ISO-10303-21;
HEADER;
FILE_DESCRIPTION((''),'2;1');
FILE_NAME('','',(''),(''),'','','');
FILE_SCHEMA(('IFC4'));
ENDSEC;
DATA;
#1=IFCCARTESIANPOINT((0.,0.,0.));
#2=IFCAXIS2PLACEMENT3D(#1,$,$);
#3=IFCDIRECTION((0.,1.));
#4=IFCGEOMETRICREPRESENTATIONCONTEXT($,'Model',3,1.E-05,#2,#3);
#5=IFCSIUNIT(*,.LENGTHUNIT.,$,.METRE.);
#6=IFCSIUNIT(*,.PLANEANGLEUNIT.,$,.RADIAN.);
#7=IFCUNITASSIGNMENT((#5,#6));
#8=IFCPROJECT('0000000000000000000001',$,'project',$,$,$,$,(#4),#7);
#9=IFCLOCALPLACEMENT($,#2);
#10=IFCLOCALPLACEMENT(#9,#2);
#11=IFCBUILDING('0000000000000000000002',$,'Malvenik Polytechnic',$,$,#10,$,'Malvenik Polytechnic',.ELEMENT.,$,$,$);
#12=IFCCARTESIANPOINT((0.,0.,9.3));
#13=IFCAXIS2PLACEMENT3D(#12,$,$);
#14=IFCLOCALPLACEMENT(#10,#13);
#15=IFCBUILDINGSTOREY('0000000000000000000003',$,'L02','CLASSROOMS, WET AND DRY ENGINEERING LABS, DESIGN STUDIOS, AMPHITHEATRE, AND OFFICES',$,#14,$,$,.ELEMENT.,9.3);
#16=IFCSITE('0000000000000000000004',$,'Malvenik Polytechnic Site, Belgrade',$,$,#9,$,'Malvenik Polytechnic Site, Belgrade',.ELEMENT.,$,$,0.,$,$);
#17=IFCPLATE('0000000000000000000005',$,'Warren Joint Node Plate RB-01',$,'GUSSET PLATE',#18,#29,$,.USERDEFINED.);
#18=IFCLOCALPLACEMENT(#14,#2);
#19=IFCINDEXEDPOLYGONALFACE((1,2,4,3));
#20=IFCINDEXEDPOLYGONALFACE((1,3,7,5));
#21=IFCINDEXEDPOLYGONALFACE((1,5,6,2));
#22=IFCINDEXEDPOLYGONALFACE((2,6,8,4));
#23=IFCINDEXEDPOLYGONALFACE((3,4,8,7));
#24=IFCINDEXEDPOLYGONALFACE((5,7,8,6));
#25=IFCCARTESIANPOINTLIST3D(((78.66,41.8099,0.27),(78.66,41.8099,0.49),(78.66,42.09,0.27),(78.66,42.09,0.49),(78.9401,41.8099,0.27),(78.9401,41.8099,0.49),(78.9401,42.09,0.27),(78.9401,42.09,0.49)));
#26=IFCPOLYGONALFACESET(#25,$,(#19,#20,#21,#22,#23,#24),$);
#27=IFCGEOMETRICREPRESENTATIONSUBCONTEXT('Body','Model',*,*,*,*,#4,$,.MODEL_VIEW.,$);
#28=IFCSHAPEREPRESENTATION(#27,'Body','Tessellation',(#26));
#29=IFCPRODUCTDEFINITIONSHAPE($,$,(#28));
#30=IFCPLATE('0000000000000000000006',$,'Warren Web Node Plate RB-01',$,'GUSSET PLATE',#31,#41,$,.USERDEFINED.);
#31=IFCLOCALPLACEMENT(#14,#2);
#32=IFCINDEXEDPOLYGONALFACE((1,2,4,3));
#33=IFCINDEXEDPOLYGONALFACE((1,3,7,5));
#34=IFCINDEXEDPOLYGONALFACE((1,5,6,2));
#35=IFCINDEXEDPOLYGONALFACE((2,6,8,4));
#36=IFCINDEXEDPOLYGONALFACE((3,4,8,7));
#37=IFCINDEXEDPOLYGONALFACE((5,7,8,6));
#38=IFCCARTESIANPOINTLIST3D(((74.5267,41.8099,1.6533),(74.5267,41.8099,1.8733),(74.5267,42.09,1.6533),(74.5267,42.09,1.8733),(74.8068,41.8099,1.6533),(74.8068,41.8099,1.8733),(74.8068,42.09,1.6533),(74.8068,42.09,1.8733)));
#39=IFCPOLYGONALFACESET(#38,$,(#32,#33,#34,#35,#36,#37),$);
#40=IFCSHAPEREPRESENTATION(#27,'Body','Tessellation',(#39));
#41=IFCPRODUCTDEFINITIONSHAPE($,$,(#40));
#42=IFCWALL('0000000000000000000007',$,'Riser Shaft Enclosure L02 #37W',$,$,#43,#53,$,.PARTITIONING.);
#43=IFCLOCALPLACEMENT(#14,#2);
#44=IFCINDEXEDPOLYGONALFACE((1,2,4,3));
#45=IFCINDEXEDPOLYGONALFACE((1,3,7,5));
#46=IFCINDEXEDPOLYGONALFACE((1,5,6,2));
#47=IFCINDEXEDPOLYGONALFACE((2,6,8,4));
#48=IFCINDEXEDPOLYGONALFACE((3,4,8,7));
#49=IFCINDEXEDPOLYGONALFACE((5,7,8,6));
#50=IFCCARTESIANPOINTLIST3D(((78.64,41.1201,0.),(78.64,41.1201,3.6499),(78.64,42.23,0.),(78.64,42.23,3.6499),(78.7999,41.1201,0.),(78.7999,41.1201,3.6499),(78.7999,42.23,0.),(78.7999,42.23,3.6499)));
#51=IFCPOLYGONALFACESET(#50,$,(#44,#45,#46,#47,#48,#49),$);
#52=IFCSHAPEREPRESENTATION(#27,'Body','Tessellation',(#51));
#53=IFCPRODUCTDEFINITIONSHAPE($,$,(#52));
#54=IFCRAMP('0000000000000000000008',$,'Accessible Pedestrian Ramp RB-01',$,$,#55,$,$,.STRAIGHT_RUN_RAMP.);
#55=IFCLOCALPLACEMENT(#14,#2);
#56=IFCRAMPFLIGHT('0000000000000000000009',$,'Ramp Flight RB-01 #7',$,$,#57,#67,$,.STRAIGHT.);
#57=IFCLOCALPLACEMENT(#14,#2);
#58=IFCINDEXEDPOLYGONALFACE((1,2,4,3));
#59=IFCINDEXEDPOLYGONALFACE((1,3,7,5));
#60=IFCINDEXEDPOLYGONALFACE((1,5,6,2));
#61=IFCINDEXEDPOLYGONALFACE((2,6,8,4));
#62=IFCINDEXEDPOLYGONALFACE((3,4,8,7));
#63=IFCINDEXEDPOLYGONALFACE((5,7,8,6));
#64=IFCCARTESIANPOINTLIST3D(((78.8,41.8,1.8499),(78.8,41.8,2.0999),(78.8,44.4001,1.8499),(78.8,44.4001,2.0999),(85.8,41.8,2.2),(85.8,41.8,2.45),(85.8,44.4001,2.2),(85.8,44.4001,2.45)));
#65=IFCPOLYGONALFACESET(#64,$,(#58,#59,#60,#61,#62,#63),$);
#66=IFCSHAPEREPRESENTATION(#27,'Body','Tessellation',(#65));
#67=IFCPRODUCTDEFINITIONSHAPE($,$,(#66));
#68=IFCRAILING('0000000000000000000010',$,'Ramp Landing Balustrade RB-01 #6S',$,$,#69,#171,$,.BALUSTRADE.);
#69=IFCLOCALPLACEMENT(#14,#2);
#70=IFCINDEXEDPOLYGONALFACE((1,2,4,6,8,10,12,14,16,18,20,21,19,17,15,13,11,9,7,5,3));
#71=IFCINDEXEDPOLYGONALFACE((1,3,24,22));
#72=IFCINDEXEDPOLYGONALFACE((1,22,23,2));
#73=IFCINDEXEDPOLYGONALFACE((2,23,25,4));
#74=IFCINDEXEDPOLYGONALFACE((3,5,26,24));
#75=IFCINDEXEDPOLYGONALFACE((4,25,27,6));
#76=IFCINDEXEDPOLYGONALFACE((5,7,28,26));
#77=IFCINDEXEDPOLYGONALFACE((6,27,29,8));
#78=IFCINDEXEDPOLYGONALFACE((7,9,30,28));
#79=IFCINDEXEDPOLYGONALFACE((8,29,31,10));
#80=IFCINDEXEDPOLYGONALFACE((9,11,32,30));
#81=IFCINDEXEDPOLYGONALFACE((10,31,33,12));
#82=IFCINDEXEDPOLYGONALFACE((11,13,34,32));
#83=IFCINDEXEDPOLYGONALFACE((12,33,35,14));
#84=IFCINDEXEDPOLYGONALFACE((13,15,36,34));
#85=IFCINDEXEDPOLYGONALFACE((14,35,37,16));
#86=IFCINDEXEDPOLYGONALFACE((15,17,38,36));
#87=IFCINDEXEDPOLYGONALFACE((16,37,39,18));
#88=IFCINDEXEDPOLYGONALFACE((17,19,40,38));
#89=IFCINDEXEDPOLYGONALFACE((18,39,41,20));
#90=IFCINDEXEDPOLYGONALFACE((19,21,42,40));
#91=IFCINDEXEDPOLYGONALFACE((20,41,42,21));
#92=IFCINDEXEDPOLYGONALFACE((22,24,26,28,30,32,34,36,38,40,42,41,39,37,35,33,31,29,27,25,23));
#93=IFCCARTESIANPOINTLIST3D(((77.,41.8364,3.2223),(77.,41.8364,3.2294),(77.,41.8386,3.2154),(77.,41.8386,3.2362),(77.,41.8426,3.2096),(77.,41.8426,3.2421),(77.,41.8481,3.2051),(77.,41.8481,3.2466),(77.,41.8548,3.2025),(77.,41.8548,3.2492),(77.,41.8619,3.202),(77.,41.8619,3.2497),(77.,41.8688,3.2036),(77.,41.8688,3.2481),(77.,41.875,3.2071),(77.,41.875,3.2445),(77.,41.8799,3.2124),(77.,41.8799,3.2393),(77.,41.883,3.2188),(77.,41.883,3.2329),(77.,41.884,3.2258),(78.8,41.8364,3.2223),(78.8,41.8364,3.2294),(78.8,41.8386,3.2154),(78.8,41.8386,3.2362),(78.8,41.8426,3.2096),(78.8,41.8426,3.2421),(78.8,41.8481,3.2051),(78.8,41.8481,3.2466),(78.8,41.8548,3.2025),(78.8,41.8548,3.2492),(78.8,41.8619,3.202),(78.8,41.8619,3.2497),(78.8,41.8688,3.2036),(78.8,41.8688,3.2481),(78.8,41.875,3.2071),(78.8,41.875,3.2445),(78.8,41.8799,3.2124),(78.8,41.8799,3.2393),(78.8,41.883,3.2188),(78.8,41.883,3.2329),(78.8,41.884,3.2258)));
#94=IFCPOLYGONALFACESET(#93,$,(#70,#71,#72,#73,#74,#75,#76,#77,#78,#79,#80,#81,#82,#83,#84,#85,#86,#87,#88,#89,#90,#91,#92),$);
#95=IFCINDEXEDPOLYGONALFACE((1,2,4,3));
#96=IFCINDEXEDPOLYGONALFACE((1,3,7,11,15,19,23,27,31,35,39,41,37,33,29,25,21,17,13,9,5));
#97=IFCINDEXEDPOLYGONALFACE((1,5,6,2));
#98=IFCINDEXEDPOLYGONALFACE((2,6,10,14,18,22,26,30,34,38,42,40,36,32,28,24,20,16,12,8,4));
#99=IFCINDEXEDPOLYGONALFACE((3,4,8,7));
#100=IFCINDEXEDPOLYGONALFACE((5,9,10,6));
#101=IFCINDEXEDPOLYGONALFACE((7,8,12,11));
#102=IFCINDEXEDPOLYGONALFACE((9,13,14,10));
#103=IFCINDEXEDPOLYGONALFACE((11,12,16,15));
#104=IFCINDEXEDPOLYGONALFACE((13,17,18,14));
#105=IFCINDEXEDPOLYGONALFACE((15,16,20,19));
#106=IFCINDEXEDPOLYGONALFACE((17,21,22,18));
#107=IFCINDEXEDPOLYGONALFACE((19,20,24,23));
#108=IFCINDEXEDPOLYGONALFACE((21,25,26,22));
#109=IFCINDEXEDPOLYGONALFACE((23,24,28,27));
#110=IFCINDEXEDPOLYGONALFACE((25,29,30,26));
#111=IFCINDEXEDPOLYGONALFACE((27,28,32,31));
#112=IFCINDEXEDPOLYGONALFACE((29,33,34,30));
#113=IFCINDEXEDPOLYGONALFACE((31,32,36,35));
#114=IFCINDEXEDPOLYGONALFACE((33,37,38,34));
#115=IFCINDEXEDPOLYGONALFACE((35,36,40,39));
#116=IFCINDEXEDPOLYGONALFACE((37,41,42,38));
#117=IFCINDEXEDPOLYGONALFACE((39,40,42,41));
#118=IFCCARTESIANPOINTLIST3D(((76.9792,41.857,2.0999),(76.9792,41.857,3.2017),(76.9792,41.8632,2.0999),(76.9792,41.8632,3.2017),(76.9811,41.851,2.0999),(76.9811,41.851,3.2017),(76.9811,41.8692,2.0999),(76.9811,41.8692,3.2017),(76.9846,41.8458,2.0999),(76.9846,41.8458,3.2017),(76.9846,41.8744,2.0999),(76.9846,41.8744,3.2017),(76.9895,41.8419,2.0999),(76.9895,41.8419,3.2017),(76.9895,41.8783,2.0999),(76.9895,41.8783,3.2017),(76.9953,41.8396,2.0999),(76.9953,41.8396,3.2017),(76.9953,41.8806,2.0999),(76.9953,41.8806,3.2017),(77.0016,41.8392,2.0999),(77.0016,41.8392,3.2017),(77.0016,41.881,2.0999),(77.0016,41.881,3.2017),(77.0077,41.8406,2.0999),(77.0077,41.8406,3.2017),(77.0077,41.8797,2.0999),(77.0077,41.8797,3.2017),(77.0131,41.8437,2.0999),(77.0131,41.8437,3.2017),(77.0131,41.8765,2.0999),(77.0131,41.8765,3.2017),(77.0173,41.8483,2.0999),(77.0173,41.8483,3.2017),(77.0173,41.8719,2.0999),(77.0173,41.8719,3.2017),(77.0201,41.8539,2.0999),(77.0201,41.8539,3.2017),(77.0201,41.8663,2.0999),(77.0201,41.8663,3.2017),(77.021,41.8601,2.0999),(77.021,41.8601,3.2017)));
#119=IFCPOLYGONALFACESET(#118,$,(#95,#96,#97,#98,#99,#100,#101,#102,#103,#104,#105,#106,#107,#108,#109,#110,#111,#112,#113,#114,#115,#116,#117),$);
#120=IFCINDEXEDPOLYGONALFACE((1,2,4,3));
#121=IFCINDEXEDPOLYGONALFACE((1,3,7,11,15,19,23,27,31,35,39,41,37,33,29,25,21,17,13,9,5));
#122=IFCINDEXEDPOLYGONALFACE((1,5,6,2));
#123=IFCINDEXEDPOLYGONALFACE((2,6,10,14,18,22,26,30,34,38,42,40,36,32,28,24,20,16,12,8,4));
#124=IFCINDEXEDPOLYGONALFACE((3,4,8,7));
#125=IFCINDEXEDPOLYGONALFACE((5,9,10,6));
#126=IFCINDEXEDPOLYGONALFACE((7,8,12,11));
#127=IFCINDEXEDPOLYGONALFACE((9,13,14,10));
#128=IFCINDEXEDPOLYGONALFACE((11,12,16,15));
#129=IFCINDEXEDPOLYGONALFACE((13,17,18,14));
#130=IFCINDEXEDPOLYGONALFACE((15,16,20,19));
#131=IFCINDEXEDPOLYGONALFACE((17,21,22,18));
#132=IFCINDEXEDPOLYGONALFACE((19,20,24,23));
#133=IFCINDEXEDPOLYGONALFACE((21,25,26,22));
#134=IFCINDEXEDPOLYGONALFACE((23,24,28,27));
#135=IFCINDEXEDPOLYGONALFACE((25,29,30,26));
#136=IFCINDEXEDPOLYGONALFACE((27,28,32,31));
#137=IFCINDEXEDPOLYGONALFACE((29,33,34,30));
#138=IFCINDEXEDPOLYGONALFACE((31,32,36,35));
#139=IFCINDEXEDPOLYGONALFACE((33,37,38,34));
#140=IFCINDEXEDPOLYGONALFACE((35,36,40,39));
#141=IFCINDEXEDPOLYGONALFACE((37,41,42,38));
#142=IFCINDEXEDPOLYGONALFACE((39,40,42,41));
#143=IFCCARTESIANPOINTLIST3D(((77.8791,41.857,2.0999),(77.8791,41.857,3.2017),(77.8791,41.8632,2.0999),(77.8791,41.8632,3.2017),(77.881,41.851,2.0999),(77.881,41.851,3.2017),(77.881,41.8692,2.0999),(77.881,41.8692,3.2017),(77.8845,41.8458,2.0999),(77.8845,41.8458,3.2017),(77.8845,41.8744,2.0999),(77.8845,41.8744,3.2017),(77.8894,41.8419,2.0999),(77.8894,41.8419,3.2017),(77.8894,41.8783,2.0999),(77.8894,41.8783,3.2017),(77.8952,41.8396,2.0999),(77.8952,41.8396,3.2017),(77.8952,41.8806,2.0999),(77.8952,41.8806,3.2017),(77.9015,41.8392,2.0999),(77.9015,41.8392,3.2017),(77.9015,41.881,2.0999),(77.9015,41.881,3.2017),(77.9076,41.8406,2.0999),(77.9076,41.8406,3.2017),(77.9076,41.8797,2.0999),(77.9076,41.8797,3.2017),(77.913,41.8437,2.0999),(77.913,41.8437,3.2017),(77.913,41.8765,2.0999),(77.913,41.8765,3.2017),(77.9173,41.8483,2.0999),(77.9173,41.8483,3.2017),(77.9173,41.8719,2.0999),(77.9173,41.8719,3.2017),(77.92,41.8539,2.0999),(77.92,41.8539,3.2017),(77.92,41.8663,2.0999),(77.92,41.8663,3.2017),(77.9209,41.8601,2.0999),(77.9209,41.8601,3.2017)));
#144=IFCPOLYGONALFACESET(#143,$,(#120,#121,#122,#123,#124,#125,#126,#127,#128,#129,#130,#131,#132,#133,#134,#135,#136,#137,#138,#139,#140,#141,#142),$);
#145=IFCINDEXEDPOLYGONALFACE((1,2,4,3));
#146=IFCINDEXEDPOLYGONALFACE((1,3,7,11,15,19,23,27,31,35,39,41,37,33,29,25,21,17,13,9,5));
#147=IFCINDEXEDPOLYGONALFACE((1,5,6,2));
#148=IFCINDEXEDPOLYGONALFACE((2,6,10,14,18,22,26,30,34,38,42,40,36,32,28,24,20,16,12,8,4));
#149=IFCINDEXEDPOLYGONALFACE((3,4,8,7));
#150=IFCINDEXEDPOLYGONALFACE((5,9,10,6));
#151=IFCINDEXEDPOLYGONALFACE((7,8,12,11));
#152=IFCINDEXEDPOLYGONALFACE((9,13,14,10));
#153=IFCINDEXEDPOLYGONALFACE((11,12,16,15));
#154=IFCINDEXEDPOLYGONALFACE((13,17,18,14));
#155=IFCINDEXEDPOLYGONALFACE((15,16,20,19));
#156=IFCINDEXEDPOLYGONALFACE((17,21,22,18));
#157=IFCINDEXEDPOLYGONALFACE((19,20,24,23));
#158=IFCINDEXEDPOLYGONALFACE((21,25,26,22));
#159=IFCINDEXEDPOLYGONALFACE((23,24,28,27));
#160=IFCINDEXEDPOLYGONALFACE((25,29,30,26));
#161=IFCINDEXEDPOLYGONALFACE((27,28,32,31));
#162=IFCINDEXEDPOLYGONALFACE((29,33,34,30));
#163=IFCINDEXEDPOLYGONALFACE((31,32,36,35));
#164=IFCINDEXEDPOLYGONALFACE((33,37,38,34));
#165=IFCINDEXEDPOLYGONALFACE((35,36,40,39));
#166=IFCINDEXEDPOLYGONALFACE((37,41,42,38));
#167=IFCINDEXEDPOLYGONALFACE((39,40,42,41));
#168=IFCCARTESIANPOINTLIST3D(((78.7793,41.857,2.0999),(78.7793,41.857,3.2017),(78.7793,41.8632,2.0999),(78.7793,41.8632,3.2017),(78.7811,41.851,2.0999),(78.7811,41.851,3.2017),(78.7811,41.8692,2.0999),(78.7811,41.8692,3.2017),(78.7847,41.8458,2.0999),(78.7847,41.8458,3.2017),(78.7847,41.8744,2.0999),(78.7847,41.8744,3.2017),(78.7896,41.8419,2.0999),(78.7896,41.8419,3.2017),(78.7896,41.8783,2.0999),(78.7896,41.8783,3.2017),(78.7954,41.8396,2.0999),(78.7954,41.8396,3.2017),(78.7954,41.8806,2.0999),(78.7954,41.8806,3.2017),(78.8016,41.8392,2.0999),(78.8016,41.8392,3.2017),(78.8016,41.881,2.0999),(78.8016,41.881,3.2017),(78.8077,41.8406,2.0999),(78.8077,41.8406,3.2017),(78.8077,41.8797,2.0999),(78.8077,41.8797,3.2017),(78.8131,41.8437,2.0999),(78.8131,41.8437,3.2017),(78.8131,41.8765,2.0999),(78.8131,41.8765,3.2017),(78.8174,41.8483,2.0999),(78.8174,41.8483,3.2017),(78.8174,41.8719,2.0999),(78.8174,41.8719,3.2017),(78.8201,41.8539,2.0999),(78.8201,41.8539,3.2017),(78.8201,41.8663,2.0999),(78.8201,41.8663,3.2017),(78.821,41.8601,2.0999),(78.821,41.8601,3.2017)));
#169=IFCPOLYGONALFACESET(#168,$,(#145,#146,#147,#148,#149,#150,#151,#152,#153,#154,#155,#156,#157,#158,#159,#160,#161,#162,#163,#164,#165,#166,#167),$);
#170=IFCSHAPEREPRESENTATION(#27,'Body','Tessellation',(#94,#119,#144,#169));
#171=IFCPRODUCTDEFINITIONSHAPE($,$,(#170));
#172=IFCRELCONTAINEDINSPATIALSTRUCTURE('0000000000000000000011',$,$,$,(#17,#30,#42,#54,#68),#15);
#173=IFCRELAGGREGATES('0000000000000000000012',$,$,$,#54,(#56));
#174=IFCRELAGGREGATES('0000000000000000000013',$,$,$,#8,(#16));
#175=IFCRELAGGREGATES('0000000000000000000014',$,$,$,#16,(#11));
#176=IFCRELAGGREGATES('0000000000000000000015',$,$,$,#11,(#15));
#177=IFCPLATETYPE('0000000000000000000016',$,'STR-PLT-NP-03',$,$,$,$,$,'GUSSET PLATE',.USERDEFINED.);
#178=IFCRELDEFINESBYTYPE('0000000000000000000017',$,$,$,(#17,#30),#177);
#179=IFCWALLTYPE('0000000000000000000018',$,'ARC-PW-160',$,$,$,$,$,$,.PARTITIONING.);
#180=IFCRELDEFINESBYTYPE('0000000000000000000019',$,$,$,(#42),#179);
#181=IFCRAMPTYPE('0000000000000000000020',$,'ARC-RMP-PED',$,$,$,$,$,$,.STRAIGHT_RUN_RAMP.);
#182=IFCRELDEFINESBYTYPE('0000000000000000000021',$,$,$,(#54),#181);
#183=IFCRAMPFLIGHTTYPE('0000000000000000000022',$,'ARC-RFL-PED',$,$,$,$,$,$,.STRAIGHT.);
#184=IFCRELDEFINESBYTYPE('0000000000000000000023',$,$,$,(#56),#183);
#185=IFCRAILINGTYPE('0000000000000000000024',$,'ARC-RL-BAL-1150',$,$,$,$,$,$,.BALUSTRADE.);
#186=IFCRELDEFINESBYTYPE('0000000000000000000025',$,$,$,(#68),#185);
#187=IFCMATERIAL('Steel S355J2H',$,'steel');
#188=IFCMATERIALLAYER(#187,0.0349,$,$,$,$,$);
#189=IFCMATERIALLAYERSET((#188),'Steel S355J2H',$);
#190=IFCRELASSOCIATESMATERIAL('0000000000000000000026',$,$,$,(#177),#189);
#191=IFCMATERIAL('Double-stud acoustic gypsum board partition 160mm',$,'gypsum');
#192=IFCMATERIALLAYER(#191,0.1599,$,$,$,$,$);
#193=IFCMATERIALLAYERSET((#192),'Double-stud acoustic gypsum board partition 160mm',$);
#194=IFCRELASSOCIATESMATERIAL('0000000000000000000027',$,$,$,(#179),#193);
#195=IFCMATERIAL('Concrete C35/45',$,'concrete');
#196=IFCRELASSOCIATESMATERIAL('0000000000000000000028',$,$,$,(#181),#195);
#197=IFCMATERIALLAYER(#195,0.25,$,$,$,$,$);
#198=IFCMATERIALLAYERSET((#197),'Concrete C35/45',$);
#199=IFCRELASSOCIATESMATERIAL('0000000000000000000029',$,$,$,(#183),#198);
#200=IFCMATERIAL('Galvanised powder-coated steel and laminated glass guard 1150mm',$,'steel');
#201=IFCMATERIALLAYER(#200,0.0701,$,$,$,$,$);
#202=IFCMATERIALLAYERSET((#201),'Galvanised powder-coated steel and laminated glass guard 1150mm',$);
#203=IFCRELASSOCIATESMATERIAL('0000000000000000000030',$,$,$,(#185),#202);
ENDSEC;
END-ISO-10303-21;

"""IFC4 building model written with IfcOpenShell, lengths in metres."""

from ifc_helpers import new_model, si_unit, direction, frame, frame_2d, origin, origin_2d, place, context, subcontext, project, spatial, polyline, rectangle, circle, outline, extrude, material, layer, layer_set, type_object, element, aggregate, save


model = new_model("IFC4")

# Units and contexts
model_context = context("Model", 3, precision=1e-05, world=origin(), true_north=direction((0.0, 1.0)))
body_context = subcontext(model_context, "Body", "Model", "MODEL_VIEW")
ifc_project = project(units=[si_unit("LENGTHUNIT", "METRE"), si_unit("PLANEANGLEUNIT", "RADIAN")], contexts=[model_context])

# Site, building, storey
site_placement = place(None, origin())
site = spatial("IfcSite", under=ifc_project, at=site_placement, Name="Malvenik Polytechnic Site, Belgrade", LongName="Malvenik Polytechnic Site, Belgrade", CompositionType="ELEMENT", RefElevation=0.0)
building_placement = place(site_placement, origin())
building = spatial("IfcBuilding", under=site, at=building_placement, Name="Malvenik Polytechnic", LongName="Malvenik Polytechnic", CompositionType="ELEMENT")
storey_placement = place(building_placement, frame((0.0, 0.0, 9.3)))
storey = spatial("IfcBuildingStorey", under=building, at=storey_placement, Name="L02", Description="CLASSROOMS, WET AND DRY ENGINEERING LABS, DESIGN STUDIOS, AMPHITHEATRE, AND OFFICES", CompositionType="ELEMENT", Elevation=9.3)

# Shared definitions
ifc_material_1 = material(Name="Concrete C35/45", Category="concrete")
ifc_material_2 = material(Name="Steel S355J2H", Category="steel")

# Plates
ifc_layer_1 = layer(ifc_material_2, 0.0349)
ifc_layer_set_1 = layer_set([ifc_layer_1], Name="Steel S355J2H")
plate_type_1 = type_object("IfcPlateType", Name="STR-PLT-NP-03", ElementType="GUSSET PLATE", PredefinedType="USERDEFINED", material=ifc_layer_set_1)
for number, where, z_axis, x_axis, name in (
    (1, (78.8, 41.95, 0.27), (0.0, 0.0, 1.0), (1.0, 0.0, 0.0), "Warren Joint Node Plate RB-01"),
    (2, (74.6667, 41.95, 1.6533), (0.0, 0.0, 1.0), (1.0, 0.0, 0.0), "Warren Web Node Plate RB-01"),
):
    element("IfcPlate", number, at=place(storey_placement, frame(where, z_axis=z_axis, x_axis=x_axis)), inside=storey, type_object=plate_type_1, Name=name, ObjectType="GUSSET PLATE", PredefinedType="USERDEFINED", context=body_context, shape_type="SweptSolid", body=[
        extrude(rectangle(XDim=0.28, YDim=0.28, at=origin_2d()), origin(), (0.0, 0.0, 1.0), 0.22),
    ])

# Wall
ifc_material_3 = material(Name="Double-stud acoustic gypsum board partition 160mm", Category="gypsum")
ifc_layer_2 = layer(ifc_material_3, 0.1599)
ifc_layer_set_2 = layer_set([ifc_layer_2], Name="Double-stud acoustic gypsum board partition 160mm")
wall_type = type_object("IfcWallType", Name="ARC-PW-160", PredefinedType="PARTITIONING", material=ifc_layer_set_2)
wall_placement = place(storey_placement, frame((78.72, 42.23, 0.0), z_axis=(0.0, 0.0, 1.0), x_axis=(0.0, -1.0, 0.0)))
element("IfcWall", 3, at=wall_placement, inside=storey, type_object=wall_type, Name="Riser Shaft Enclosure L02 #37W", PredefinedType="PARTITIONING", context=body_context, shape_type="SweptSolid", body=[
    extrude(rectangle(XDim=1.1099, YDim=0.1599, at=frame_2d((0.5549, 0.0))), origin(), (0.0, 0.0, 1.0), 3.6499),
])

# Ramp, ramp flight
ramp_type = type_object("IfcRampType", Name="ARC-RMP-PED", PredefinedType="STRAIGHT_RUN_RAMP", material=ifc_material_1)
ramp_placement = place(storey_placement, origin())
ramp = element("IfcRamp", 4, at=ramp_placement, inside=storey, type_object=ramp_type, Name="Accessible Pedestrian Ramp RB-01", PredefinedType="STRAIGHT_RUN_RAMP")
ifc_layer_3 = layer(ifc_material_1, 0.25)
ifc_layer_set_3 = layer_set([ifc_layer_3], Name="Concrete C35/45")
ramp_flight_type = type_object("IfcRampFlightType", Name="ARC-RFL-PED", PredefinedType="STRAIGHT", material=ifc_layer_set_3)
ramp_flight_placement = place(storey_placement, frame((78.8, 43.1001, 2.0999), z_axis=(0.0, 0.0, 1.0), x_axis=(1.0, 0.0, 0.0)))
ramp_flight = element("IfcRampFlight", 5, at=ramp_flight_placement, type_object=ramp_flight_type, Name="Ramp Flight RB-01 #7", PredefinedType="STRAIGHT", context=body_context, shape_type="SweptSolid", body=[
    extrude(outline(polyline([(0.0, -0.25), (7.0, 0.1001), (7.0, 0.3501), (0.0, 0.0), (0.0, -0.25)])), frame((0.0, 1.3, 0.0), z_axis=(0.0, -1.0, 0.0), x_axis=(1.0, 0.0, 0.0)), (0.0, 0.0, 1.0), 2.6001),
])
aggregate(ramp, [ramp_flight])

# Railing
ifc_material_4 = material(Name="Galvanised powder-coated steel and laminated glass guard 1150mm", Category="steel")
ifc_layer_4 = layer(ifc_material_4, 0.0701)
ifc_layer_set_4 = layer_set([ifc_layer_4], Name="Galvanised powder-coated steel and laminated glass guard 1150mm")
railing_type_1 = type_object("IfcRailingType", Name="ARC-RL-BAL-1150", PredefinedType="BALUSTRADE", material=ifc_layer_set_4)
railing_1_placement = place(storey_placement, frame((77.0, 41.8601, 2.0999)))
element("IfcRailing", 6, at=railing_1_placement, inside=storey, type_object=railing_type_1, Name="Ramp Landing Balustrade RB-01 #6S", PredefinedType="BALUSTRADE", context=body_context, shape_type="SweptSolid", body=[
    extrude(circle(Radius=0.0239, at=origin_2d()), frame((0.0, 0.0, 1.126), z_axis=(1.0, 0.0, 0.0), x_axis=(0.0, 1.0, 0.0)), (0.0, 0.0, 1.0), 1.8),
    extrude(circle(Radius=0.021, at=origin_2d()), origin(), (0.0, 0.0, 1.0), 1.1018),
    extrude(circle(Radius=0.021, at=origin_2d()), frame((0.8999, 0.0, 0.0)), (0.0, 0.0, 1.0), 1.1018),
    extrude(circle(Radius=0.021, at=origin_2d()), frame((1.8, 0.0, 0.0)), (0.0, 0.0, 1.0), 1.1018),
])

save(model, "model.ifc")
